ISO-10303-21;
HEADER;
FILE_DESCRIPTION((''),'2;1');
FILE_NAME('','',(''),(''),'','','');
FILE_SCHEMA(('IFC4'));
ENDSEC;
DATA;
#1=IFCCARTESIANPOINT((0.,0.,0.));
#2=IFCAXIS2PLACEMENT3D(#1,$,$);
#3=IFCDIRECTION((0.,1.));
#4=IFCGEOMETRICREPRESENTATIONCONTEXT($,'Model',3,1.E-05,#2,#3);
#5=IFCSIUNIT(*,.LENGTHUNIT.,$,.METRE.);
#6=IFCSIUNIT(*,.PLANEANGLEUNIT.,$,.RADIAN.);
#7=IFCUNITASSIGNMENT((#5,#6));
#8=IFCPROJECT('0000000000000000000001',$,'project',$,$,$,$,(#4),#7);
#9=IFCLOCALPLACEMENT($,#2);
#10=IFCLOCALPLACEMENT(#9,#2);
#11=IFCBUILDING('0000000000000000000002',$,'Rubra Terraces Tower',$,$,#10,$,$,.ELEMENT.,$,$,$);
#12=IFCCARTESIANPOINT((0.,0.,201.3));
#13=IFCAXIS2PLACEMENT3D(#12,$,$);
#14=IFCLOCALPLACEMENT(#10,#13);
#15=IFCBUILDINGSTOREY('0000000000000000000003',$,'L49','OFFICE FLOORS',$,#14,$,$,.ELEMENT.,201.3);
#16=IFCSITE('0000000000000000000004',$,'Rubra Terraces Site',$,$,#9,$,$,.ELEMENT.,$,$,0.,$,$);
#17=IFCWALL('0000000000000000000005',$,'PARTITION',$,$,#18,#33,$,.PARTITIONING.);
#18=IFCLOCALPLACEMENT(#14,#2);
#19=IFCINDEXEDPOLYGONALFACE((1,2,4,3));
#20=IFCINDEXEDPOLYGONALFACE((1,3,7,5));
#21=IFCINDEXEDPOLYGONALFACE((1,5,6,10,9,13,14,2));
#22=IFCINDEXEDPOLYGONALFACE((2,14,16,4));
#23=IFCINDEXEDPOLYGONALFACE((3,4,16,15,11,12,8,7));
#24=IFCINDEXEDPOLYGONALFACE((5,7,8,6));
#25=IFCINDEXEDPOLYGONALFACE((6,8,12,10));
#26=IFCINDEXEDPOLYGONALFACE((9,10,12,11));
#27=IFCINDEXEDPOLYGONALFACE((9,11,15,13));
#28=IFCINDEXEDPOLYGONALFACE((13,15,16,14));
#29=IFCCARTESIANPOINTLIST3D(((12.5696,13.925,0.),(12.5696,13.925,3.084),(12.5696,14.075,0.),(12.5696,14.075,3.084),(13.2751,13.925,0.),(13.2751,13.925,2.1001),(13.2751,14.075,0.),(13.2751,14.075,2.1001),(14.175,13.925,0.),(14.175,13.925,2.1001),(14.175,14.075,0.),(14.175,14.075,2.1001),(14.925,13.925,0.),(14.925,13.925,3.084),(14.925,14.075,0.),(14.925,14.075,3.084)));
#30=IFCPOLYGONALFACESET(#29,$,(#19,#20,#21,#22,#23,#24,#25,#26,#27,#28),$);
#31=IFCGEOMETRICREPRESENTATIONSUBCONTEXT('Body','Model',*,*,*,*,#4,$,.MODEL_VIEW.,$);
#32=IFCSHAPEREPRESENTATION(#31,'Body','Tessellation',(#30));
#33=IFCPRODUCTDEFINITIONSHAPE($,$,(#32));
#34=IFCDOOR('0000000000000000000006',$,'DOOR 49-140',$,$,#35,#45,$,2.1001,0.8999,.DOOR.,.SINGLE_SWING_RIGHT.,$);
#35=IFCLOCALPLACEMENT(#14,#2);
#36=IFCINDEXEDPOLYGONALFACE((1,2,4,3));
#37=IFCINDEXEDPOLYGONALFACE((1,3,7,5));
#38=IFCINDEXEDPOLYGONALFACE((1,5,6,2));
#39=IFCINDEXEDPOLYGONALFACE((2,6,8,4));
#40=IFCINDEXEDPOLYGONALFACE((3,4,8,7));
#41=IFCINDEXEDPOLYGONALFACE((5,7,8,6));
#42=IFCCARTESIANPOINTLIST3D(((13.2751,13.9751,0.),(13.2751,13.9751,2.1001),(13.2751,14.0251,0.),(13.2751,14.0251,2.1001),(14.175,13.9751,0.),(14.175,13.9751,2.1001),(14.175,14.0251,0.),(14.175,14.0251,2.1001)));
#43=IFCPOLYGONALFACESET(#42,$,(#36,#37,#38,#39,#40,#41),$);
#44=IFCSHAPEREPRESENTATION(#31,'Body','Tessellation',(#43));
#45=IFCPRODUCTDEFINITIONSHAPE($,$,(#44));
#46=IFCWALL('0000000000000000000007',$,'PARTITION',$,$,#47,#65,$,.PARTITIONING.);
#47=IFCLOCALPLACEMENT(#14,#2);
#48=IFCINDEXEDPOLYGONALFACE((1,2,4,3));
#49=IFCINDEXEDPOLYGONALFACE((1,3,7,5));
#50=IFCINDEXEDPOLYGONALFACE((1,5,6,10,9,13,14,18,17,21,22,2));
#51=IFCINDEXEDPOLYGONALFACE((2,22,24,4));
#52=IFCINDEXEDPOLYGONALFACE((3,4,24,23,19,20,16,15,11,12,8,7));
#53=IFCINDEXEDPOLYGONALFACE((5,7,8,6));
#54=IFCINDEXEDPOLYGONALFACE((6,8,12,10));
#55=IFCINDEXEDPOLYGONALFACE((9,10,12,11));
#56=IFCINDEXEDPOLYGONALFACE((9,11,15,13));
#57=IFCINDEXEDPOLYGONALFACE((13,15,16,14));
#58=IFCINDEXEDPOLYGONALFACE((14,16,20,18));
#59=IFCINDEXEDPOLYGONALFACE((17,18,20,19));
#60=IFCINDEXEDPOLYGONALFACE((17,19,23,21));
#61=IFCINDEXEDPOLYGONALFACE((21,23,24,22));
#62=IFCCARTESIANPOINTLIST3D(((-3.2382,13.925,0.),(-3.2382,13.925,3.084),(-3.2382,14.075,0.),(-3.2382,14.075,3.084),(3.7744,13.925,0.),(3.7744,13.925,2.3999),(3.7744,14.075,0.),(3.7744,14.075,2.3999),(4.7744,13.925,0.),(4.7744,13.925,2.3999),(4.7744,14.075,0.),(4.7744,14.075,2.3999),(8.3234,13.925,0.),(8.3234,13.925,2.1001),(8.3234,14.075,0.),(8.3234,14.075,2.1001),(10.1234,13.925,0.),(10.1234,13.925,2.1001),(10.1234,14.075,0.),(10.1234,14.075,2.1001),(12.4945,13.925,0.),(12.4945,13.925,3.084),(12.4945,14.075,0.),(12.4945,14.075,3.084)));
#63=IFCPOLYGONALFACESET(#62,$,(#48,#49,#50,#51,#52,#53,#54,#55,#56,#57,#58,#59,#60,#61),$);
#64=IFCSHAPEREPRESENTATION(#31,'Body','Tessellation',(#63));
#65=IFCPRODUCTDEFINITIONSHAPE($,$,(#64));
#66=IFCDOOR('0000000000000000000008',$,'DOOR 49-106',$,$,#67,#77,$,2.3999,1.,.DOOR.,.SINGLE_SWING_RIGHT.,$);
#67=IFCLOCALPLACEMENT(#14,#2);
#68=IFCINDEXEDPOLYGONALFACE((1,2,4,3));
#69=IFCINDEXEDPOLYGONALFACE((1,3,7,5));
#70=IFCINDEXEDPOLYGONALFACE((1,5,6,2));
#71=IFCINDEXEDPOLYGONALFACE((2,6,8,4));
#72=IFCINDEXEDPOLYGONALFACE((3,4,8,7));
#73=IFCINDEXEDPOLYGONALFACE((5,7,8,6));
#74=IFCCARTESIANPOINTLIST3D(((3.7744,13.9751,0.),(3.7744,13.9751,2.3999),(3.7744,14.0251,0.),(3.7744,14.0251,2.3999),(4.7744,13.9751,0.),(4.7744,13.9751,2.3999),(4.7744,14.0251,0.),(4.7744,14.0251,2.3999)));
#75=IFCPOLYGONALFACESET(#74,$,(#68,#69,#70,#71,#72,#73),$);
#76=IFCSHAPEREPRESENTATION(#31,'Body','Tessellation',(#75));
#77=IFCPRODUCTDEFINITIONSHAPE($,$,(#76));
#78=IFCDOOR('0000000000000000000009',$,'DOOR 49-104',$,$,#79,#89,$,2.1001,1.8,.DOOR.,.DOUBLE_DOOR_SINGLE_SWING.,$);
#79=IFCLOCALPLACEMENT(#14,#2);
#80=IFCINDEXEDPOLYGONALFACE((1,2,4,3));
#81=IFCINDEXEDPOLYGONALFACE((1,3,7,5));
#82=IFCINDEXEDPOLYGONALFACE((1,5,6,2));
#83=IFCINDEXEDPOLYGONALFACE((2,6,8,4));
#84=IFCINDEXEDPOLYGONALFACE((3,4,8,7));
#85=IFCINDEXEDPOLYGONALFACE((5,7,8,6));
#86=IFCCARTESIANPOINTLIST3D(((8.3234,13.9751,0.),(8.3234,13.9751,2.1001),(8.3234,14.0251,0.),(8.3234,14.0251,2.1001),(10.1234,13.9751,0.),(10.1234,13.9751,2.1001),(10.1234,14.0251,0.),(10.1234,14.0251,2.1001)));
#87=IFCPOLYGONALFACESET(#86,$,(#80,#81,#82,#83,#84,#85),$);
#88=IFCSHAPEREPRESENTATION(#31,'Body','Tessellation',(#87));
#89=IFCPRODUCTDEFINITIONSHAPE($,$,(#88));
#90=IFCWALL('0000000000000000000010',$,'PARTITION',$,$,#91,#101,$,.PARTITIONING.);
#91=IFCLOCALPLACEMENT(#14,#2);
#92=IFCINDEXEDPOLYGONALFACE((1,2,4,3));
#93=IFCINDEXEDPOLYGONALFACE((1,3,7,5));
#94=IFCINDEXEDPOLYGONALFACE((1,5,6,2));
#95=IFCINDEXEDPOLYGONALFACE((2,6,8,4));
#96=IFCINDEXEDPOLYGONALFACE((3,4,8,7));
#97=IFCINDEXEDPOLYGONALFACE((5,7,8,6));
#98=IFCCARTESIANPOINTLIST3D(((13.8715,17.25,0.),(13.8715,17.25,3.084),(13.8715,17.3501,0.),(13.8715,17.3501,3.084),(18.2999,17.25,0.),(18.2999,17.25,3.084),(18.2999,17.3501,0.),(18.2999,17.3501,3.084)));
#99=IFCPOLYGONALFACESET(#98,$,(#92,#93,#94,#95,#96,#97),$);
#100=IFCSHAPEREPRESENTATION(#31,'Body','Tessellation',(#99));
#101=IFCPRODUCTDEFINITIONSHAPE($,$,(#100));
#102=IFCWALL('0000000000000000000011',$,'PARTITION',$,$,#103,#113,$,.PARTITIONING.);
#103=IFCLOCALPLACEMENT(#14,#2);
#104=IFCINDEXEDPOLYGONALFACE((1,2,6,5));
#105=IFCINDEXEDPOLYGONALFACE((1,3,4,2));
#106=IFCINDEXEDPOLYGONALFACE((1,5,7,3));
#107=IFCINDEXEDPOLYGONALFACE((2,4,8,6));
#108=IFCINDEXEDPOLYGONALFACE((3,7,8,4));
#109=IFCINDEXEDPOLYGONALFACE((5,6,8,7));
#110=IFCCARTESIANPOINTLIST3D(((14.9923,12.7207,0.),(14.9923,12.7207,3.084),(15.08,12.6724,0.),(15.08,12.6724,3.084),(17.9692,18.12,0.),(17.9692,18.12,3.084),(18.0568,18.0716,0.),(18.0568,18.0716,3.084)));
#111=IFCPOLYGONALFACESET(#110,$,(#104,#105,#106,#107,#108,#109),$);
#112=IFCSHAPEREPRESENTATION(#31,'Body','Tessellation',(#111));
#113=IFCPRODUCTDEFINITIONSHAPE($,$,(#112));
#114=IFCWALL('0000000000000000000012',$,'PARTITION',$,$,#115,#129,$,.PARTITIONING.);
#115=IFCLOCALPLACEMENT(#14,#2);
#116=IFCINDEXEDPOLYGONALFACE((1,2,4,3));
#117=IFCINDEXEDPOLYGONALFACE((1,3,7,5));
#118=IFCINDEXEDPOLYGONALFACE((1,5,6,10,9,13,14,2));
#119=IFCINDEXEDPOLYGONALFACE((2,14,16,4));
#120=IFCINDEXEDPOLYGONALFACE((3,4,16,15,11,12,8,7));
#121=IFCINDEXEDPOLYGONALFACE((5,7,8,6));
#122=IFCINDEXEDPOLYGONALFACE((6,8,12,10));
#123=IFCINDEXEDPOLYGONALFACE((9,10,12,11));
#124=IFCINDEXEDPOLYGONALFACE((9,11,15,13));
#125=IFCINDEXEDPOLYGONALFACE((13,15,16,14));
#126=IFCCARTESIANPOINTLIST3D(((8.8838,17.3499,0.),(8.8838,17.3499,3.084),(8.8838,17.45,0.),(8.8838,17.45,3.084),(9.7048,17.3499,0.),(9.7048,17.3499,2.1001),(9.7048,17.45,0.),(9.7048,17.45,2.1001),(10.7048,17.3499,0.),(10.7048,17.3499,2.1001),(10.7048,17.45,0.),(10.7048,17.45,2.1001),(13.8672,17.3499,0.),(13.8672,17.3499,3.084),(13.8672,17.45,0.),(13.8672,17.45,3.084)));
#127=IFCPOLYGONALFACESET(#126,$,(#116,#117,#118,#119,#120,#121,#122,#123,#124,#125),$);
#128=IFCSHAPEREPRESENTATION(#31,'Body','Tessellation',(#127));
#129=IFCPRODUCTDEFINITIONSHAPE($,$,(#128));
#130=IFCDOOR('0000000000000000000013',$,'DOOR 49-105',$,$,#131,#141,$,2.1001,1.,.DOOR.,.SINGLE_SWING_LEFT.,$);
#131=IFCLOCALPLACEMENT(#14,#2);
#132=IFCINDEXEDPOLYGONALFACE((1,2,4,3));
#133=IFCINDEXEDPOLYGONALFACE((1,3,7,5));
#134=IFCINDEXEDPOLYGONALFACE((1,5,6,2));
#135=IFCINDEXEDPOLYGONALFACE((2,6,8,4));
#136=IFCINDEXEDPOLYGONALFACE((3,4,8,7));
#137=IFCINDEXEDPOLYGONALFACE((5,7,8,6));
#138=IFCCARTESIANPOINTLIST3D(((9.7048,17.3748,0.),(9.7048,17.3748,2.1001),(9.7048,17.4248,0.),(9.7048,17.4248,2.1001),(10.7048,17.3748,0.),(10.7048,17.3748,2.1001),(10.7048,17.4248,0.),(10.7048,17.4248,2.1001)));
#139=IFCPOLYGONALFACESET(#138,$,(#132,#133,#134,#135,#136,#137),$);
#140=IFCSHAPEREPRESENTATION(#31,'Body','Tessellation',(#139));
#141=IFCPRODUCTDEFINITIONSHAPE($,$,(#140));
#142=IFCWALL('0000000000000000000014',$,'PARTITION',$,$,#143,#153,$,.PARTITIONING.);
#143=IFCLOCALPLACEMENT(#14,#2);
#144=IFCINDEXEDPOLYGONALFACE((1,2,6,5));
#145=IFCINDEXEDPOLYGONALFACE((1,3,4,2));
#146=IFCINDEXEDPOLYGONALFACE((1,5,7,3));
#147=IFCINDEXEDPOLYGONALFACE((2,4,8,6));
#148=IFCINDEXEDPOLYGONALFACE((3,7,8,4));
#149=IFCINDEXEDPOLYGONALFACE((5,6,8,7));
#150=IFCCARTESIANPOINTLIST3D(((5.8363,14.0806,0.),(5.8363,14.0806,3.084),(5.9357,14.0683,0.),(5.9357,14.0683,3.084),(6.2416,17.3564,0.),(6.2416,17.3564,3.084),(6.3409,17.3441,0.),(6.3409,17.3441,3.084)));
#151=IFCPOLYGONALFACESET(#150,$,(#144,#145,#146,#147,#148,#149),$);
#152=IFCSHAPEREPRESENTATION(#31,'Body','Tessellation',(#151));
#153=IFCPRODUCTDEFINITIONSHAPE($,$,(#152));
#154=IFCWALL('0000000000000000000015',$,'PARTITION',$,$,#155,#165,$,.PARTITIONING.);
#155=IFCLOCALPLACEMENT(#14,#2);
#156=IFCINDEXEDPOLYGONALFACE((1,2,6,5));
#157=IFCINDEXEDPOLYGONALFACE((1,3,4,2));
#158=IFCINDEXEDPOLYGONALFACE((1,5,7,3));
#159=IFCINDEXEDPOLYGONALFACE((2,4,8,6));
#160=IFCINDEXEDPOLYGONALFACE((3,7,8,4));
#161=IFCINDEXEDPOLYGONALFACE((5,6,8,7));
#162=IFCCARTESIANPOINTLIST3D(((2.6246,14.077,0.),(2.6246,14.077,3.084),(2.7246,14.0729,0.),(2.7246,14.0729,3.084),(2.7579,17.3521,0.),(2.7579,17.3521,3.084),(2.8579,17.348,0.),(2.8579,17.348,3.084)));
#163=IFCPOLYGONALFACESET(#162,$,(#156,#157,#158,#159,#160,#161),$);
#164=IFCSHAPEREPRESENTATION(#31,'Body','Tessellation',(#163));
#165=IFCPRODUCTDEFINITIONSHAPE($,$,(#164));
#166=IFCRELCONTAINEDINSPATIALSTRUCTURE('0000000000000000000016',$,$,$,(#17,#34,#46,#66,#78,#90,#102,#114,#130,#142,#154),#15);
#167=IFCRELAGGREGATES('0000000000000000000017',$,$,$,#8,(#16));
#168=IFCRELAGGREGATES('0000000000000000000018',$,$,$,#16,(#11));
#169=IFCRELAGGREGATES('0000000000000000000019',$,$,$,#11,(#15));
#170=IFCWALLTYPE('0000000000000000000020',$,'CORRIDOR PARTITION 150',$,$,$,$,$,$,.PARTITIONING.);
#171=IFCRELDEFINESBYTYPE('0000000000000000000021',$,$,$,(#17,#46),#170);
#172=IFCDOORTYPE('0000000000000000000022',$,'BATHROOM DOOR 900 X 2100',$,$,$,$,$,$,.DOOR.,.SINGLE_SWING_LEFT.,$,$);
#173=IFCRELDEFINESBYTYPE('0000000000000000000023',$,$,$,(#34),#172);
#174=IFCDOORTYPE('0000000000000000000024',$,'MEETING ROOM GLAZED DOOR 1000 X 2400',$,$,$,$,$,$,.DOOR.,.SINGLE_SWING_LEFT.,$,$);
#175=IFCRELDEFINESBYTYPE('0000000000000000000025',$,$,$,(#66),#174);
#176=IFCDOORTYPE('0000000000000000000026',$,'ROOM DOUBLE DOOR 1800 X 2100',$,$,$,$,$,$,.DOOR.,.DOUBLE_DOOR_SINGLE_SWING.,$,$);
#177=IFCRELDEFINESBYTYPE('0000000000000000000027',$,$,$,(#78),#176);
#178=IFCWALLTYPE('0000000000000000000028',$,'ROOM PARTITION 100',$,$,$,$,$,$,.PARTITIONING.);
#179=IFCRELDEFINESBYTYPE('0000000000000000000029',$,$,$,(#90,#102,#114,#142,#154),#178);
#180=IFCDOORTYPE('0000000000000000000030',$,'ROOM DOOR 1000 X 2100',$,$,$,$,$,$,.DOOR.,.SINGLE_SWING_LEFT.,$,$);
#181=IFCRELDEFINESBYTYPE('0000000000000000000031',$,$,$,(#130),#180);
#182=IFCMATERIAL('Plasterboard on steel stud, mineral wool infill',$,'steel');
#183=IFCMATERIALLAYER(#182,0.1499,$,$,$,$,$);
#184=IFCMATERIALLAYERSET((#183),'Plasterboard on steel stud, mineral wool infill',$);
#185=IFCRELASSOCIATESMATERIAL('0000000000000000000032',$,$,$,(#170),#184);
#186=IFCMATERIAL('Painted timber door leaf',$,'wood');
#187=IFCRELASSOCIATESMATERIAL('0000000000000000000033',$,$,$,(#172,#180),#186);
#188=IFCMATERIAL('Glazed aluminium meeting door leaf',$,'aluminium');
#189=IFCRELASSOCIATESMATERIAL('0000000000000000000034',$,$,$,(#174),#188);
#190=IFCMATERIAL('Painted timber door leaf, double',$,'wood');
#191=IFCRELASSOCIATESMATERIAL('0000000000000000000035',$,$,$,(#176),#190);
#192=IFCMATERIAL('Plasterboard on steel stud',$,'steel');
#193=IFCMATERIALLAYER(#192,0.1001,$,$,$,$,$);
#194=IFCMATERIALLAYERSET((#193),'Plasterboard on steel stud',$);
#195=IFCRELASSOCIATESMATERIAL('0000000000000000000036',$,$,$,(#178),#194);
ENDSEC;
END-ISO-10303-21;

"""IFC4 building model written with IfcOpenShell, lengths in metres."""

from ifc_helpers import new_model, si_unit, direction, frame, frame_2d, origin, place, context, subcontext, project, spatial, rectangle, extrude, material, layer, layer_set, type_object, element, fill, save


model = new_model("IFC4")

# Units and contexts
model_context = context("Model", 3, precision=1e-05, world=origin(), true_north=direction((0.0, 1.0)))
body_context = subcontext(model_context, "Body", "Model", "MODEL_VIEW")
ifc_project = project(units=[si_unit("LENGTHUNIT", "METRE"), si_unit("PLANEANGLEUNIT", "RADIAN")], contexts=[model_context])

# Site, building, storey
site_placement = place(None, origin())
site = spatial("IfcSite", under=ifc_project, at=site_placement, Name="Rubra Terraces Site", CompositionType="ELEMENT", RefElevation=0.0)
building_placement = place(site_placement, origin())
building = spatial("IfcBuilding", under=site, at=building_placement, Name="Rubra Terraces Tower", CompositionType="ELEMENT")
storey_placement = place(building_placement, frame((0.0, 0.0, 201.3)))
storey = spatial("IfcBuildingStorey", under=building, at=storey_placement, Name="L49", Description="OFFICE FLOORS", CompositionType="ELEMENT", Elevation=201.3)

# Wall, opening, door
ifc_material_1 = material(Name="Plasterboard on steel stud, mineral wool infill", Category="steel")
ifc_layer_1 = layer(ifc_material_1, 0.1499)
ifc_layer_set_1 = layer_set([ifc_layer_1], Name="Plasterboard on steel stud, mineral wool infill")
wall_type_1 = type_object("IfcWallType", Name="CORRIDOR PARTITION 150", PredefinedType="PARTITIONING", material=ifc_layer_set_1)
wall_1_placement = place(storey_placement, frame((14.925, 14.0, 0.0), z_axis=(0.0, 0.0, 1.0), x_axis=(-1.0, 0.0, 0.0)))
wall_1 = element("IfcWall", 1, at=wall_1_placement, inside=storey, type_object=wall_type_1, Name="PARTITION", PredefinedType="PARTITIONING", context=body_context, shape_type="SweptSolid", body=[
    extrude(rectangle(XDim=2.3555, YDim=0.1499, at=frame_2d((1.1777, 0.0))), origin(), (0.0, 0.0, 1.0), 3.084),
])
opening_1_placement = place(wall_1_placement, frame((0.75, 0.0, 0.0)))
opening_1 = element("IfcOpeningElement", 2, at=opening_1_placement, cuts=wall_1, PredefinedType="OPENING", context=body_context, shape_type="SweptSolid", body=[
    extrude(rectangle(XDim=0.8999, YDim=2.1001, at=frame_2d((0.45, 1.05))), frame((0.0, 0.085, 0.0), z_axis=(0.0, -1.0, 0.0), x_axis=(1.0, 0.0, 0.0)), (0.0, 0.0, 1.0), 0.1699),
])
ifc_material_2 = material(Name="Painted timber door leaf", Category="wood")
door_type_1 = type_object("IfcDoorType", Name="BATHROOM DOOR 900 X 2100", OperationType="SINGLE_SWING_LEFT", PredefinedType="DOOR", material=ifc_material_2)
door_1_placement = place(opening_1_placement, origin())
door_1 = element("IfcDoor", 3, at=door_1_placement, inside=storey, type_object=door_type_1, Name="DOOR 49-140", OperationType="SINGLE_SWING_RIGHT", OverallHeight=2.1001, OverallWidth=0.8999, PredefinedType="DOOR", context=body_context, shape_type="SweptSolid", body=[
    extrude(rectangle(XDim=0.8999, YDim=2.1001, at=frame_2d((0.45, 1.05))), frame((0.0, 0.0249, 0.0), z_axis=(0.0, -1.0, 0.0), x_axis=(1.0, 0.0, 0.0)), (0.0, 0.0, 1.0), 0.05),
])
fill(opening_1, door_1)

# Wall, openings, doors
wall_2_placement = place(storey_placement, frame((12.4944, 14.0, 0.0), z_axis=(0.0, 0.0, 1.0), x_axis=(-1.0, 0.0, 0.0)))
wall_2 = element("IfcWall", 4, at=wall_2_placement, inside=storey, type_object=wall_type_1, Name="PARTITION", PredefinedType="PARTITIONING", context=body_context, shape_type="SweptSolid", body=[
    extrude(rectangle(XDim=15.7327, YDim=0.1499, at=frame_2d((7.8662, 0.0))), origin(), (0.0, 0.0, 1.0), 3.084),
])
opening_2_placement = place(wall_2_placement, frame((2.3711, 0.0, 0.0)))
opening_2 = element("IfcOpeningElement", 5, at=opening_2_placement, cuts=wall_2, PredefinedType="OPENING", context=body_context, shape_type="SweptSolid", body=[
    extrude(rectangle(XDim=1.8, YDim=2.1001, at=frame_2d((0.8999, 1.05))), frame((0.0, 0.085, 0.0), z_axis=(0.0, -1.0, 0.0), x_axis=(1.0, 0.0, 0.0)), (0.0, 0.0, 1.0), 0.1699),
])
opening_3_placement = place(wall_2_placement, frame((7.72, 0.0, 0.0)))
opening_3 = element("IfcOpeningElement", 6, at=opening_3_placement, cuts=wall_2, PredefinedType="OPENING", context=body_context, shape_type="SweptSolid", body=[
    extrude(rectangle(XDim=1.0, YDim=2.3999, at=frame_2d((0.5, 1.2))), frame((0.0, 0.085, 0.0), z_axis=(0.0, -1.0, 0.0), x_axis=(1.0, 0.0, 0.0)), (0.0, 0.0, 1.0), 0.1699),
])
ifc_material_3 = material(Name="Glazed aluminium meeting door leaf", Category="aluminium")
door_type_2 = type_object("IfcDoorType", Name="MEETING ROOM GLAZED DOOR 1000 X 2400", OperationType="SINGLE_SWING_LEFT", PredefinedType="DOOR", material=ifc_material_3)
door_2_placement = place(opening_3_placement, origin())
door_2 = element("IfcDoor", 7, at=door_2_placement, inside=storey, type_object=door_type_2, Name="DOOR 49-106", OperationType="SINGLE_SWING_RIGHT", OverallHeight=2.3999, OverallWidth=1.0, PredefinedType="DOOR", context=body_context, shape_type="SweptSolid", body=[
    extrude(rectangle(XDim=1.0, YDim=2.3999, at=frame_2d((0.5, 1.2))), frame((0.0, 0.0249, 0.0), z_axis=(0.0, -1.0, 0.0), x_axis=(1.0, 0.0, 0.0)), (0.0, 0.0, 1.0), 0.05),
])
fill(opening_3, door_2)
ifc_material_4 = material(Name="Painted timber door leaf, double", Category="wood")
door_type_3 = type_object("IfcDoorType", Name="ROOM DOUBLE DOOR 1800 X 2100", OperationType="DOUBLE_DOOR_SINGLE_SWING", PredefinedType="DOOR", material=ifc_material_4)
door_3_placement = place(opening_2_placement, origin())
door_3 = element("IfcDoor", 8, at=door_3_placement, inside=storey, type_object=door_type_3, Name="DOOR 49-104", OperationType="DOUBLE_DOOR_SINGLE_SWING", OverallHeight=2.1001, OverallWidth=1.8, PredefinedType="DOOR", context=body_context, shape_type="SweptSolid", body=[
    extrude(rectangle(XDim=1.8, YDim=2.1001, at=frame_2d((0.8999, 1.05))), frame((0.0, 0.0249, 0.0), z_axis=(0.0, -1.0, 0.0), x_axis=(1.0, 0.0, 0.0)), (0.0, 0.0, 1.0), 0.05),
])
fill(opening_2, door_3)

# Walls
ifc_material_5 = material(Name="Plasterboard on steel stud", Category="steel")
ifc_layer_2 = layer(ifc_material_5, 0.1001)
ifc_layer_set_2 = layer_set([ifc_layer_2], Name="Plasterboard on steel stud")
wall_type_2 = type_object("IfcWallType", Name="ROOM PARTITION 100", PredefinedType="PARTITIONING", material=ifc_layer_set_2)
wall_3_placement = place(storey_placement, frame((13.8713, 17.3, 0.0), z_axis=(0.0, 0.0, 1.0), x_axis=(1.0, 0.0, 0.0)))
element("IfcWall", 9, at=wall_3_placement, inside=storey, type_object=wall_type_2, Name="PARTITION", PredefinedType="PARTITIONING", context=body_context, shape_type="SweptSolid", body=[
    extrude(rectangle(XDim=4.4285, YDim=0.1001, at=frame_2d((2.2144, 0.0))), origin(), (0.0, 0.0, 1.0), 3.084),
])
wall_4_placement = place(storey_placement, frame((15.0361, 12.6965, 0.0), z_axis=(0.0, 0.0, 1.0), x_axis=(0.482823, 0.875718, 0.0)))
element("IfcWall", 10, at=wall_4_placement, inside=storey, type_object=wall_type_2, Name="PARTITION", PredefinedType="PARTITIONING", context=body_context, shape_type="SweptSolid", body=[
    extrude(rectangle(XDim=6.1655, YDim=0.1001, at=frame_2d((3.0828, 0.0))), origin(), (0.0, 0.0, 1.0), 3.084),
])

# Wall, opening, door
wall_5_placement = place(storey_placement, frame((8.8838, 17.3999, 0.0), z_axis=(0.0, 0.0, 1.0), x_axis=(1.0, 0.0, 0.0)))
wall_5 = element("IfcWall", 11, at=wall_5_placement, inside=storey, type_object=wall_type_2, Name="PARTITION", PredefinedType="PARTITIONING", context=body_context, shape_type="SweptSolid", body=[
    extrude(rectangle(XDim=4.9834, YDim=0.1001, at=frame_2d((2.4917, 0.0))), origin(), (0.0, 0.0, 1.0), 3.084),
])
opening_4_placement = place(wall_5_placement, frame((0.821, 0.0, 0.0)))
opening_4 = element("IfcOpeningElement", 12, at=opening_4_placement, cuts=wall_5, PredefinedType="OPENING", context=body_context, shape_type="SweptSolid", body=[
    extrude(rectangle(XDim=1.0, YDim=2.1001, at=frame_2d((0.5, 1.05))), frame((0.0, 0.0601, 0.0), z_axis=(0.0, -1.0, 0.0), x_axis=(1.0, 0.0, 0.0)), (0.0, 0.0, 1.0), 0.1201),
])
door_type_4 = type_object("IfcDoorType", Name="ROOM DOOR 1000 X 2100", OperationType="SINGLE_SWING_LEFT", PredefinedType="DOOR", material=ifc_material_2)
door_4_placement = place(opening_4_placement, origin())
door_4 = element("IfcDoor", 13, at=door_4_placement, inside=storey, type_object=door_type_4, Name="DOOR 49-105", OperationType="SINGLE_SWING_LEFT", OverallHeight=2.1001, OverallWidth=1.0, PredefinedType="DOOR", context=body_context, shape_type="SweptSolid", body=[
    extrude(rectangle(XDim=1.0, YDim=2.1001, at=frame_2d((0.5, 1.05))), frame((0.0, 0.0249, 0.0), z_axis=(0.0, -1.0, 0.0), x_axis=(1.0, 0.0, 0.0)), (0.0, 0.0, 1.0), 0.05),
])
fill(opening_4, door_4)

# Walls
wall_6_placement = place(storey_placement, frame((5.886, 14.0745, 0.0), z_axis=(0.0, 0.0, 1.0), x_axis=(0.122778, 0.992434, 0.0)))
element("IfcWall", 14, at=wall_6_placement, inside=storey, type_object=wall_type_2, Name="PARTITION", PredefinedType="PARTITIONING", context=body_context, shape_type="SweptSolid", body=[
    extrude(rectangle(XDim=3.3008, YDim=0.1001, at=frame_2d((1.6504, 0.0))), origin(), (0.0, 0.0, 1.0), 3.084),
])
wall_7_placement = place(storey_placement, frame((2.6746, 14.075, 0.0), z_axis=(0.0, 0.0, 1.0), x_axis=(0.040667, 0.999173, 0.0)))
element("IfcWall", 15, at=wall_7_placement, inside=storey, type_object=wall_type_2, Name="PARTITION", PredefinedType="PARTITIONING", context=body_context, shape_type="SweptSolid", body=[
    extrude(rectangle(XDim=3.2778, YDim=0.1001, at=frame_2d((1.6389, 0.0))), origin(), (0.0, 0.0, 1.0), 3.084),
])

save(model, "model.ifc")
